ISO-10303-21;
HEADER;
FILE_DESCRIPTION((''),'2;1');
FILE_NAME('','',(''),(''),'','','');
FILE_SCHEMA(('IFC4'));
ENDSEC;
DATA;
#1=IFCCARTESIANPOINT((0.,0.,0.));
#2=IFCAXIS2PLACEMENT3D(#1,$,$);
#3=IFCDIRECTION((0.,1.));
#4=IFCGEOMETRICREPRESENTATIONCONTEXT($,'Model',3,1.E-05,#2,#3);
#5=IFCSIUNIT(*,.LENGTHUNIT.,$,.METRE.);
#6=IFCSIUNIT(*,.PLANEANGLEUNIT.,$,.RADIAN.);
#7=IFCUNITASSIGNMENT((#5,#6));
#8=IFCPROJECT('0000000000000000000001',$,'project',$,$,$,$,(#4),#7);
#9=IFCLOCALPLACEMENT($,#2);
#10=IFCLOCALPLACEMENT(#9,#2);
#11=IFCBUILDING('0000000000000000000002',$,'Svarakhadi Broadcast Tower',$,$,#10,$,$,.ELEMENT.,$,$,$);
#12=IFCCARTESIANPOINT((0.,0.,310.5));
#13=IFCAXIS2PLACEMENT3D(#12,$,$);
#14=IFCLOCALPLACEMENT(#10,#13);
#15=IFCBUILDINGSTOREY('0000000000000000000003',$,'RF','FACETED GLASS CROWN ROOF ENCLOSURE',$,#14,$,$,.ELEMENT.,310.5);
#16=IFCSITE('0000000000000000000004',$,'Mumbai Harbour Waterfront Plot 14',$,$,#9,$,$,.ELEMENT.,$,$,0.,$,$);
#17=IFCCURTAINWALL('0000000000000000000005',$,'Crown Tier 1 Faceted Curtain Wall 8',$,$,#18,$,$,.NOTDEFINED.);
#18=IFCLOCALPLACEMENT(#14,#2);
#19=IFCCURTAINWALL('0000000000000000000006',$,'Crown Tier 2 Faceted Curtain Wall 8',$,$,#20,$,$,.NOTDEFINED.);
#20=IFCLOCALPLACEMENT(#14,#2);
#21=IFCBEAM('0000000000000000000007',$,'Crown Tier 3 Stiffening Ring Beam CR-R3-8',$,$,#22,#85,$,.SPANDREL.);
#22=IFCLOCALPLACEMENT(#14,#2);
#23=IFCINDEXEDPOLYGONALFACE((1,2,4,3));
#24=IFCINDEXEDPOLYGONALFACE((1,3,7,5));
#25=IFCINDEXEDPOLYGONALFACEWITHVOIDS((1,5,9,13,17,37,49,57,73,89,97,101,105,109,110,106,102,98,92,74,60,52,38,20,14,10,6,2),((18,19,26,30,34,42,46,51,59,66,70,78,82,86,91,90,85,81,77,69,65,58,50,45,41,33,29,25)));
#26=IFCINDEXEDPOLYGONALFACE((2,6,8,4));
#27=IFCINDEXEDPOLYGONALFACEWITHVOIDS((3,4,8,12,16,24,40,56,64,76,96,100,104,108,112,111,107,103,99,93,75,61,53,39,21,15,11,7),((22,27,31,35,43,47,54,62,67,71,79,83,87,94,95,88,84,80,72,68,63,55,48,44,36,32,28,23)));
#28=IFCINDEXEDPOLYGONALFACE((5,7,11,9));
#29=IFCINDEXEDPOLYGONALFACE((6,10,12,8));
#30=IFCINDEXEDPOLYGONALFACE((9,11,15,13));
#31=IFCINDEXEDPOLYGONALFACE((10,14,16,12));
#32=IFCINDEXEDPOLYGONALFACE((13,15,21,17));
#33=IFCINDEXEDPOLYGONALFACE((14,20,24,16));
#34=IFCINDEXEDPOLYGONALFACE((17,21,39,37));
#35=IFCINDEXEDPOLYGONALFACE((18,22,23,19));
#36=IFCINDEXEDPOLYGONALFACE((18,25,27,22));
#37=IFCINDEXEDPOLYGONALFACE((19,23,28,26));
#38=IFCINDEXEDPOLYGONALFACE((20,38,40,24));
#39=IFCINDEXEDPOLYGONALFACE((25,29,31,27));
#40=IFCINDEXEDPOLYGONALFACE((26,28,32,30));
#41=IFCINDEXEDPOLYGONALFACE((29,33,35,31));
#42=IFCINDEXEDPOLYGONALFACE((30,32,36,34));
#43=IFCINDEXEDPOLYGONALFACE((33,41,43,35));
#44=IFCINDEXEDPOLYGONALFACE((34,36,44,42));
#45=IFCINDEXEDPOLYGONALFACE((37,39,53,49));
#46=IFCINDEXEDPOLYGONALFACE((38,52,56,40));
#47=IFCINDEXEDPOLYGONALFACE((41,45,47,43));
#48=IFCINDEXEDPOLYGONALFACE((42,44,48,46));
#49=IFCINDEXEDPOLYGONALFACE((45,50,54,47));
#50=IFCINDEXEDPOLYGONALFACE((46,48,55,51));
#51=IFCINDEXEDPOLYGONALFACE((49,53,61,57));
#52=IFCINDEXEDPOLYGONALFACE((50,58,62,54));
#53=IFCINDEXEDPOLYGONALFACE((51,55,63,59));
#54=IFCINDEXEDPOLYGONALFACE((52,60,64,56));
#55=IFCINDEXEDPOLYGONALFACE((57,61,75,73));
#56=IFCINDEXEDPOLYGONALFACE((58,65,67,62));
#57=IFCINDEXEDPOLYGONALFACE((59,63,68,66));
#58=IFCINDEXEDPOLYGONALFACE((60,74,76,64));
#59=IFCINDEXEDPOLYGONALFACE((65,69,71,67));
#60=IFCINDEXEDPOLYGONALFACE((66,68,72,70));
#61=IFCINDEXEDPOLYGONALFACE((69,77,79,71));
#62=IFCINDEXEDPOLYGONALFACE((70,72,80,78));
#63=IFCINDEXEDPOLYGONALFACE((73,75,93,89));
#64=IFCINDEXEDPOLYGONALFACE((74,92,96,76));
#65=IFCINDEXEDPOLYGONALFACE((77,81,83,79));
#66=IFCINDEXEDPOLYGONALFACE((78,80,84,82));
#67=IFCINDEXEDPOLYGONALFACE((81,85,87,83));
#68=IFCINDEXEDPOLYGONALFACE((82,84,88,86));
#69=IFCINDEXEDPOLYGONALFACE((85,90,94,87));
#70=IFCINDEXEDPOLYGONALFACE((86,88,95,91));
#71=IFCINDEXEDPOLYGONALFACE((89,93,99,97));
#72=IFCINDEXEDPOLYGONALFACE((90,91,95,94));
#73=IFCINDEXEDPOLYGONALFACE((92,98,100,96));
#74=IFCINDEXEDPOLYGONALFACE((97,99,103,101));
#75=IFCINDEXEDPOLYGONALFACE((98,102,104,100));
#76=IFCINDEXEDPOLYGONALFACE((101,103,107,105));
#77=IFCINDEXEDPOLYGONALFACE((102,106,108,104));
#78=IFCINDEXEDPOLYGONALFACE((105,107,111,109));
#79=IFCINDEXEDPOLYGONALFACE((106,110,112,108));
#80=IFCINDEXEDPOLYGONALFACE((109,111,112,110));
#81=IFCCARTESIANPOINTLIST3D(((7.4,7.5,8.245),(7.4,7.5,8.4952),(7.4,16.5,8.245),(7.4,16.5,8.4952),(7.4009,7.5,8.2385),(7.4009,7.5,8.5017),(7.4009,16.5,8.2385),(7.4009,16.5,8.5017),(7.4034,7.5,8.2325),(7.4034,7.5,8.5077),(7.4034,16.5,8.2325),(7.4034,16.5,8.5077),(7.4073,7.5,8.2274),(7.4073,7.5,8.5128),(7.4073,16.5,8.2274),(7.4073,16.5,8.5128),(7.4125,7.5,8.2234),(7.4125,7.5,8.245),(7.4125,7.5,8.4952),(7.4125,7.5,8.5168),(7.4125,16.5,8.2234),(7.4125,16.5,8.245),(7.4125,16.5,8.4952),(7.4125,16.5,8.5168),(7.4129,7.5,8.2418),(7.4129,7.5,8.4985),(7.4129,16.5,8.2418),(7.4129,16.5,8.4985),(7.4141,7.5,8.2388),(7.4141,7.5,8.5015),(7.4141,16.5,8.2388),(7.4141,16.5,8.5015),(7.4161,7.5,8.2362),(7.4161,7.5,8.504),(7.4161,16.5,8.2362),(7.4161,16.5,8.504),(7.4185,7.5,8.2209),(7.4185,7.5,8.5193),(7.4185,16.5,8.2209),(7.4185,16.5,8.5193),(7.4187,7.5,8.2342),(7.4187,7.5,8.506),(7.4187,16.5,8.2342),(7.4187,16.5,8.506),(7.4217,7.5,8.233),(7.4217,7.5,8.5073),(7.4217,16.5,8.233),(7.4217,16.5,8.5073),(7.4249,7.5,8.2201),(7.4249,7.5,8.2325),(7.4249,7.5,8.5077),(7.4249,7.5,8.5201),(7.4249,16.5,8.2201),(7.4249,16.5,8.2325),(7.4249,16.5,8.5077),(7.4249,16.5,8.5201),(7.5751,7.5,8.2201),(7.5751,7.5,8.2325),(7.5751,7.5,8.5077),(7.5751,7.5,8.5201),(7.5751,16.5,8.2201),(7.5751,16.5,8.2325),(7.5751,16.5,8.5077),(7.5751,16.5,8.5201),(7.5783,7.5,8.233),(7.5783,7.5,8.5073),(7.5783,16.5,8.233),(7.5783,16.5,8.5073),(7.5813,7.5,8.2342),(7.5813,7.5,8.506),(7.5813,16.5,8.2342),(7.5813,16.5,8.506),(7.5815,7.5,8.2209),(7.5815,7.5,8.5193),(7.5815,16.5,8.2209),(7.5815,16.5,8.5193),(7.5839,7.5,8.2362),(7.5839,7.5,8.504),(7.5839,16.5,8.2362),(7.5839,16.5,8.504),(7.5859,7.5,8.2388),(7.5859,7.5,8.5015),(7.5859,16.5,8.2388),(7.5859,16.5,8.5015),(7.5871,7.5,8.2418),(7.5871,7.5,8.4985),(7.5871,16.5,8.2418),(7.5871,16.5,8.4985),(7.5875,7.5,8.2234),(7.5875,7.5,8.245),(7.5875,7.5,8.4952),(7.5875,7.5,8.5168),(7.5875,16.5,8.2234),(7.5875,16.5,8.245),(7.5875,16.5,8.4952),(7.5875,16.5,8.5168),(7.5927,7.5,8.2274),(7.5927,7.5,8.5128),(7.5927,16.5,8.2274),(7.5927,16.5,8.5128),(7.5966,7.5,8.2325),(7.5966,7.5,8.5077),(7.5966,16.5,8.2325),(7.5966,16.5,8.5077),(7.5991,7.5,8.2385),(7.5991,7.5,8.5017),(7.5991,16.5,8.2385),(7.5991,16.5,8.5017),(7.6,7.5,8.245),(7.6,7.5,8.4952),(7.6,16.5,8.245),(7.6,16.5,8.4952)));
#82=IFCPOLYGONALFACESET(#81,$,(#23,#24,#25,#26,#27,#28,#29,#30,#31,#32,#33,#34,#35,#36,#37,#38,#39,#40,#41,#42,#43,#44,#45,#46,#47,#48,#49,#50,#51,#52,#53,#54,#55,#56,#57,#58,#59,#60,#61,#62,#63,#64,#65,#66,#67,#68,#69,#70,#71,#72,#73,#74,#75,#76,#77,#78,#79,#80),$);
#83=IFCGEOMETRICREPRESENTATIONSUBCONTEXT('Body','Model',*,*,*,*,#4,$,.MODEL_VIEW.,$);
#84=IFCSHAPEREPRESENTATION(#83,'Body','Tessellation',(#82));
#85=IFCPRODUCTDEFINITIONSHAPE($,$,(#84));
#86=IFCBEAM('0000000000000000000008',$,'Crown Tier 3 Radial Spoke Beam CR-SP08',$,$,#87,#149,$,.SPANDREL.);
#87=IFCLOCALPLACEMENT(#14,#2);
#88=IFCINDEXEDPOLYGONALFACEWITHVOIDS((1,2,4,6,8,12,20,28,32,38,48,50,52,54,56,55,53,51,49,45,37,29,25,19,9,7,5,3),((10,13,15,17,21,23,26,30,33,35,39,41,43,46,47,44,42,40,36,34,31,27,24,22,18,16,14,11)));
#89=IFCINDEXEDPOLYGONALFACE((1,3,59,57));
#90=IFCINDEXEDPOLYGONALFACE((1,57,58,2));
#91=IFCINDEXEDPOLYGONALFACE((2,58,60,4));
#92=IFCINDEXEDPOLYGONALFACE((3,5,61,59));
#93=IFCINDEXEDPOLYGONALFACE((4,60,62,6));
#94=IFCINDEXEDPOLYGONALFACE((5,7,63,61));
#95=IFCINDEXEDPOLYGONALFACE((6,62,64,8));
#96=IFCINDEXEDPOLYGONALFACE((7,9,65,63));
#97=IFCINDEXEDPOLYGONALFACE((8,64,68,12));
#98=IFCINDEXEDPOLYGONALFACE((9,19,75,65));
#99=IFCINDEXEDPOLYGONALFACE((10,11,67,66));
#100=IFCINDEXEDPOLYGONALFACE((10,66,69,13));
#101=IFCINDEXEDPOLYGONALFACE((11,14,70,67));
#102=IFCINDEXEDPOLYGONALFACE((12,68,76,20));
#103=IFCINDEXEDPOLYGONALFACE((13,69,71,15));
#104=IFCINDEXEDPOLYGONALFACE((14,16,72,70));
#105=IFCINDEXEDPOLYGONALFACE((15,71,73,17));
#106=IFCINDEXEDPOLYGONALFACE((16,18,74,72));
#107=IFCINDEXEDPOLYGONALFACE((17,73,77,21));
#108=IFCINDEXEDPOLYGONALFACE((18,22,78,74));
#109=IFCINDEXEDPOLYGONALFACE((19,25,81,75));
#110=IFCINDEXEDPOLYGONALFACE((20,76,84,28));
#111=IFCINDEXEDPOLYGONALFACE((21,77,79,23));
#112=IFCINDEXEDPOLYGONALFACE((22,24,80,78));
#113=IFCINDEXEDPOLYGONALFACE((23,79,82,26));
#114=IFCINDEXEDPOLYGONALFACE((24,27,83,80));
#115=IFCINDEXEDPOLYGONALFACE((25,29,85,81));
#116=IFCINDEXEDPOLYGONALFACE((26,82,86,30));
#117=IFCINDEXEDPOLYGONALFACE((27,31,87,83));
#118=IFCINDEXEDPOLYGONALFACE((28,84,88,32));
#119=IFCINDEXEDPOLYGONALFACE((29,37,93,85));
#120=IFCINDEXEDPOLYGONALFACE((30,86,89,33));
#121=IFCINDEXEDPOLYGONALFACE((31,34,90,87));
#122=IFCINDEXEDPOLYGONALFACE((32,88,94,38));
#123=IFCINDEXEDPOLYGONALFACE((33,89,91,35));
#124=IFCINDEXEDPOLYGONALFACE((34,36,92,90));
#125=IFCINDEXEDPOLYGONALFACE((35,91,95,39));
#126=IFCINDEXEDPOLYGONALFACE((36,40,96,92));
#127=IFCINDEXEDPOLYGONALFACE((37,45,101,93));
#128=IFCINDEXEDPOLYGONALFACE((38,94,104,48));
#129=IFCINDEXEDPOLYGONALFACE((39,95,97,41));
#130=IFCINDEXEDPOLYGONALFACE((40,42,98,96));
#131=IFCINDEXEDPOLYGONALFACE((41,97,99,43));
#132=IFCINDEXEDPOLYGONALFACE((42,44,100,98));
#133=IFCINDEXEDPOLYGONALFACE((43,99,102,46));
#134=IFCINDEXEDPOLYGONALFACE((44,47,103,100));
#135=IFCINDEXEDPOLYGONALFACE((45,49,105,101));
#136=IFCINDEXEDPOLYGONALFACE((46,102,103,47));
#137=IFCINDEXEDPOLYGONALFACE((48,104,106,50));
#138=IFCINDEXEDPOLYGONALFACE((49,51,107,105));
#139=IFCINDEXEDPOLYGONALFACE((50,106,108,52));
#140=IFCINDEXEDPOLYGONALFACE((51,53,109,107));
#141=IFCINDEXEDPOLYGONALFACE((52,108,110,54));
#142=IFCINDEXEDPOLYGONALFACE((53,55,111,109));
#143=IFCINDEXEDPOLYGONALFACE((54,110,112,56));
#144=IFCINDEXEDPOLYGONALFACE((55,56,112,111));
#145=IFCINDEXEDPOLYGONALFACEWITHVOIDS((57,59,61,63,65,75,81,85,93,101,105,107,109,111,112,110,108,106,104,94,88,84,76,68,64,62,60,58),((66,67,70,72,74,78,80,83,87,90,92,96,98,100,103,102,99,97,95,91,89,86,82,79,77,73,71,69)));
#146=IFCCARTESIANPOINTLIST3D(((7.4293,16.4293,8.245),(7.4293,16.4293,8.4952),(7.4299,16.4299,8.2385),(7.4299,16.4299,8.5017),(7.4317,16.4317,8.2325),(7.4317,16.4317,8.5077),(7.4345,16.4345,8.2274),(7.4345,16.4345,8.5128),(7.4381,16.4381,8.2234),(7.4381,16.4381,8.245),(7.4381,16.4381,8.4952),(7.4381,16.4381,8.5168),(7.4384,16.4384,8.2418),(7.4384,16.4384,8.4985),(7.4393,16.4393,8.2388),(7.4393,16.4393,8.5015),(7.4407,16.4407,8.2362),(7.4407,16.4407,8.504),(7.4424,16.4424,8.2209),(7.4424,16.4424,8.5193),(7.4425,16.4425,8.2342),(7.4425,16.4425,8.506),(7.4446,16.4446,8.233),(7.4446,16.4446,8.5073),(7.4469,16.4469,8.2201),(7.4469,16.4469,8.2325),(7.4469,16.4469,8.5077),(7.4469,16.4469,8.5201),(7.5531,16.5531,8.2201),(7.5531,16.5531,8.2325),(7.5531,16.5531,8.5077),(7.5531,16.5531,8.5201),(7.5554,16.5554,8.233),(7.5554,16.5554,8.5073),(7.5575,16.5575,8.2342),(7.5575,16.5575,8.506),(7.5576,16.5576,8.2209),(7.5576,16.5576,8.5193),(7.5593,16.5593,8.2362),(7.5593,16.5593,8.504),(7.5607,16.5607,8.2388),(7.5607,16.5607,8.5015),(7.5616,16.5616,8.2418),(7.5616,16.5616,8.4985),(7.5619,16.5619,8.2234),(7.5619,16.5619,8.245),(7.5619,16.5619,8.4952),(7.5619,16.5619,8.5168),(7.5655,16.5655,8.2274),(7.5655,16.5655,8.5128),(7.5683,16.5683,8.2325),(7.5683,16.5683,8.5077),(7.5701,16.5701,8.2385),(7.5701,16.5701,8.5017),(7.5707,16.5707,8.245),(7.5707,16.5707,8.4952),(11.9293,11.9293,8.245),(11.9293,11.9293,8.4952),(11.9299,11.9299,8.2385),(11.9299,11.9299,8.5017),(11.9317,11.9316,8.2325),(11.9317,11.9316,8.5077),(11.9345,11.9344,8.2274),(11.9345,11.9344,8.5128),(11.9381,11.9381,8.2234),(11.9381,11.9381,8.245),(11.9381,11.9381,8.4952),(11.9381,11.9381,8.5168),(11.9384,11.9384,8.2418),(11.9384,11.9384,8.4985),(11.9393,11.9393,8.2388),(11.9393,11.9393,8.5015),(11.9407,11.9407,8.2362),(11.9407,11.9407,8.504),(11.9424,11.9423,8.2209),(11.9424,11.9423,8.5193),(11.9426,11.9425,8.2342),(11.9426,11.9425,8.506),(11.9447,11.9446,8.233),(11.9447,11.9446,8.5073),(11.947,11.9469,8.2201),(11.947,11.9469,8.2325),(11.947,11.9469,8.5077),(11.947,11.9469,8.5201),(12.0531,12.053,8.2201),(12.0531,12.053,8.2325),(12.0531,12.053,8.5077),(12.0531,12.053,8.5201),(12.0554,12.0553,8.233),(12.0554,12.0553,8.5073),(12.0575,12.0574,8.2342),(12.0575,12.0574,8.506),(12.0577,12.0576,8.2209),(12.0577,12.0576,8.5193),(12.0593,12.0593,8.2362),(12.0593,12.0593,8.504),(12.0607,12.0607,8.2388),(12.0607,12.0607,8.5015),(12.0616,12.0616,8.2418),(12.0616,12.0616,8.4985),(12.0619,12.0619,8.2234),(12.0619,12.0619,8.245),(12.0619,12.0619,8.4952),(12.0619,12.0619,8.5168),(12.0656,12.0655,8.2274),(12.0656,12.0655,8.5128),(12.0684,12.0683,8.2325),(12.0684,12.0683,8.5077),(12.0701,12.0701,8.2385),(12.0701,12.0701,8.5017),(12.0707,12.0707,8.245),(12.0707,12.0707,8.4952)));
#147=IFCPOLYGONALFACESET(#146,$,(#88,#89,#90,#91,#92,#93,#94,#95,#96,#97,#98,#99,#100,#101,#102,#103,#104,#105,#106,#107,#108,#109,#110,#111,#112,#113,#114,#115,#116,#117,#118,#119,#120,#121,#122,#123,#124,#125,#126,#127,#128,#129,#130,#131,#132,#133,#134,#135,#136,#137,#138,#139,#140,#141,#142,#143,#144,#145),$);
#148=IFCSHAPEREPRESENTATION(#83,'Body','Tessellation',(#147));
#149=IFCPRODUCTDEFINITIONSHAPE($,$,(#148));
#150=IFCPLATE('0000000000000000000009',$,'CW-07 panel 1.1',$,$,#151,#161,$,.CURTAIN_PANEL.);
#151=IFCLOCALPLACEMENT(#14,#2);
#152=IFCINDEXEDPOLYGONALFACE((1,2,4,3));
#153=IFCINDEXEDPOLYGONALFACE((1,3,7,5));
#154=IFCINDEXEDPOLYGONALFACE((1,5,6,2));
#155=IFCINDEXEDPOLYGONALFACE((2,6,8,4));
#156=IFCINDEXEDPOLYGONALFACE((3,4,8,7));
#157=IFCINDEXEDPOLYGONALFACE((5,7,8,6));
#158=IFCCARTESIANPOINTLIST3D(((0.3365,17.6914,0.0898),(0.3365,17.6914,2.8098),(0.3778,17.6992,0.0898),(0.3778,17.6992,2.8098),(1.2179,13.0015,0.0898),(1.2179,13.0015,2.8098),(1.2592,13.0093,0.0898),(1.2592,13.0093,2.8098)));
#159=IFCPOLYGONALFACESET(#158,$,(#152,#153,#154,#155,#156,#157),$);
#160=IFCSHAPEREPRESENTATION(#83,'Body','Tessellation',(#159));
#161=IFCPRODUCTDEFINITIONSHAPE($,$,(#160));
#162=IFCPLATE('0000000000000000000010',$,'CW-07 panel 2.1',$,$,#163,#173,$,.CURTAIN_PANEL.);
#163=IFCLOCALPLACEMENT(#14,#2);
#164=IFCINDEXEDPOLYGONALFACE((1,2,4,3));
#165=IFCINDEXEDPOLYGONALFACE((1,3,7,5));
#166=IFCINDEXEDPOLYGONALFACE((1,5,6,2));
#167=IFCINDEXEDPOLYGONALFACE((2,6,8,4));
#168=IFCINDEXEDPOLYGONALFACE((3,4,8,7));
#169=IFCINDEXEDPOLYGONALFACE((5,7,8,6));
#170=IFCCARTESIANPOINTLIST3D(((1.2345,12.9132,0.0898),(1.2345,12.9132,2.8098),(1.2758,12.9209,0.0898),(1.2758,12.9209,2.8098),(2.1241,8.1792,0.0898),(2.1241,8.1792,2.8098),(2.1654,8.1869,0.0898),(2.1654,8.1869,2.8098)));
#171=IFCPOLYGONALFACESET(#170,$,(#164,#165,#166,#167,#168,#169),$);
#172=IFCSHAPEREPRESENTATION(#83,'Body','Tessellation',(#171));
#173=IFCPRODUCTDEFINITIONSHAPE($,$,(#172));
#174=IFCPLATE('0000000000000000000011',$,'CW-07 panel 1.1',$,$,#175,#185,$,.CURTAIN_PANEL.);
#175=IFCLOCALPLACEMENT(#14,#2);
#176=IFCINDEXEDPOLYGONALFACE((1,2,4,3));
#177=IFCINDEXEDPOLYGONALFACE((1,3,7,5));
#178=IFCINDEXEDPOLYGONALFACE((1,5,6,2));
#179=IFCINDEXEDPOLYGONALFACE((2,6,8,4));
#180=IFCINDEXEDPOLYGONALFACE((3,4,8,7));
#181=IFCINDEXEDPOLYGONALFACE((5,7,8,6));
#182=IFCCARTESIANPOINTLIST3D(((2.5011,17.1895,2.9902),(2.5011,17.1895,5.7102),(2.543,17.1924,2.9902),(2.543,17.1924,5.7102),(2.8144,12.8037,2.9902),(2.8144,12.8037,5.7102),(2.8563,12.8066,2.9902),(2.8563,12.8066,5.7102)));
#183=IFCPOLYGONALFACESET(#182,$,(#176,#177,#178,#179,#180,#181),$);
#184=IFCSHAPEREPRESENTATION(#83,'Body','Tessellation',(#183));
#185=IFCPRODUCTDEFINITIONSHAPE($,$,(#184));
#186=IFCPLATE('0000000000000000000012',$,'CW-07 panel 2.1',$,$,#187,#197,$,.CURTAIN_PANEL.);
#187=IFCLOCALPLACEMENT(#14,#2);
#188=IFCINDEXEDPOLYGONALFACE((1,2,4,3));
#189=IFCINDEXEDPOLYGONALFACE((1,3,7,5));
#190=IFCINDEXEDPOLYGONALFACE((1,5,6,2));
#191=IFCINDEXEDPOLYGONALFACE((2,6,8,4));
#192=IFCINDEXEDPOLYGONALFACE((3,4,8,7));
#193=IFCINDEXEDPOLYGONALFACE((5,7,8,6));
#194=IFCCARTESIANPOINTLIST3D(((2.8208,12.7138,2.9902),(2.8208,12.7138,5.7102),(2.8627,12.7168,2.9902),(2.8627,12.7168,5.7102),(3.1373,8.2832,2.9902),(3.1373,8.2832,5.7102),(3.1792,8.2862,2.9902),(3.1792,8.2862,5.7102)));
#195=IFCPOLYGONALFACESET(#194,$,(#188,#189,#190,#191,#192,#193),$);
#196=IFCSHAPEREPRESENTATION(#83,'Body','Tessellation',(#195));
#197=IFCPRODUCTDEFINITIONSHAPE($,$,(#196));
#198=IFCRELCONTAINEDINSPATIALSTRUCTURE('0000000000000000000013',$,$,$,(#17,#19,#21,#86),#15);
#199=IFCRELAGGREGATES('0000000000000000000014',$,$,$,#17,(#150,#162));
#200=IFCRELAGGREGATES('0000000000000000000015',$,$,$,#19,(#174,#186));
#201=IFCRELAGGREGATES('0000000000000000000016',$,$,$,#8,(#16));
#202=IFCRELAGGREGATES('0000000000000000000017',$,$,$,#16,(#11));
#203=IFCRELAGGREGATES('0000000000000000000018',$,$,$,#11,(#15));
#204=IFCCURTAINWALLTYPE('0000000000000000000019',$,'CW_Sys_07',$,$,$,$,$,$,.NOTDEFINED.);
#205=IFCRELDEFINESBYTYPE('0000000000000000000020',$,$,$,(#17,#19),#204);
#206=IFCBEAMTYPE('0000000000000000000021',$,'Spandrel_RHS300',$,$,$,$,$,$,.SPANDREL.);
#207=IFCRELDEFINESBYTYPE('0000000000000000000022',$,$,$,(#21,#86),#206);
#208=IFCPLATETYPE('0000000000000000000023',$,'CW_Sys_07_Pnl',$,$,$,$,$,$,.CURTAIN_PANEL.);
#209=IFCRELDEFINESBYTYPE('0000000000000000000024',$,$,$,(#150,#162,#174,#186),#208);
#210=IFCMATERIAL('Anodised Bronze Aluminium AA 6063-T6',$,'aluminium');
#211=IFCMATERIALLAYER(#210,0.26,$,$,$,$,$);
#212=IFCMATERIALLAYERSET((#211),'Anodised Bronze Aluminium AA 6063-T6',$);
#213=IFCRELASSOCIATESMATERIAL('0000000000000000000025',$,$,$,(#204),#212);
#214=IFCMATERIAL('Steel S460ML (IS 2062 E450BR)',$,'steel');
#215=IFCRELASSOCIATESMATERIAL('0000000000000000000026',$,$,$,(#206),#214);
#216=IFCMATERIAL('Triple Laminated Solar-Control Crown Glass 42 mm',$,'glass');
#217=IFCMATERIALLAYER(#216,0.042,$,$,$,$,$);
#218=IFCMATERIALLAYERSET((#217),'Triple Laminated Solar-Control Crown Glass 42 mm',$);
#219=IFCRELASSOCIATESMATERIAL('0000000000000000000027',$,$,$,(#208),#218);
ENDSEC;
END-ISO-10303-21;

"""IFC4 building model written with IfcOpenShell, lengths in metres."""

from ifc_helpers import new_model, si_unit, direction, frame, origin, origin_2d, place, context, subcontext, project, spatial, rectangle, hollow_rectangle, extrude, material, layer, layer_set, material_profile, profile_set, type_object, element, aggregate, save


model = new_model("IFC4")

# Units and contexts
model_context = context("Model", 3, precision=1e-05, world=origin(), true_north=direction((0.0, 1.0)))
body_context = subcontext(model_context, "Body", "Model", "MODEL_VIEW")
ifc_project = project(units=[si_unit("LENGTHUNIT", "METRE"), si_unit("PLANEANGLEUNIT", "RADIAN")], contexts=[model_context])

# Site, building, storey
site_placement = place(None, origin())
site = spatial("IfcSite", under=ifc_project, at=site_placement, Name="Mumbai Harbour Waterfront Plot 14", CompositionType="ELEMENT", RefElevation=0.0)
building_placement = place(site_placement, origin())
building = spatial("IfcBuilding", under=site, at=building_placement, Name="Svarakhadi Broadcast Tower", CompositionType="ELEMENT")
storey_placement = place(building_placement, frame((0.0, 0.0, 310.5)))
storey = spatial("IfcBuildingStorey", under=building, at=storey_placement, Name="RF", Description="FACETED GLASS CROWN ROOF ENCLOSURE", CompositionType="ELEMENT", Elevation=310.5)

# Shared definitions
ifc_material_1 = material(Name="Steel S460ML (IS 2062 E450BR)", Category="steel")

# Curtain walls
ifc_material_2 = material(Name="Anodised Bronze Aluminium AA 6063-T6", Category="aluminium")
ifc_layer_1 = layer(ifc_material_2, 0.26)
ifc_layer_set_1 = layer_set([ifc_layer_1], Name="Anodised Bronze Aluminium AA 6063-T6")
curtain_wall_type = type_object("IfcCurtainWallType", Name="CW_Sys_07", PredefinedType="NOTDEFINED", material=ifc_layer_set_1)
curtain_wall_1_placement = place(storey_placement, origin())
curtain_wall_1 = element("IfcCurtainWall", 1, at=curtain_wall_1_placement, inside=storey, type_object=curtain_wall_type, Name="Crown Tier 1 Faceted Curtain Wall 8", PredefinedType="NOTDEFINED")
curtain_wall_2_placement = place(storey_placement, origin())
curtain_wall_2 = element("IfcCurtainWall", 2, at=curtain_wall_2_placement, inside=storey, type_object=curtain_wall_type, Name="Crown Tier 2 Faceted Curtain Wall 8", PredefinedType="NOTDEFINED")

# Beams
ifc_material_profile_1 = material_profile(ifc_material_1, hollow_rectangle(XDim=0.2, YDim=0.3, WallThickness=0.0125, InnerFilletRadius=0.0125, OuterFilletRadius=0.0249, at=origin_2d()), Name="RHS 300x200x12.5")
ifc_profile_set_1 = profile_set([ifc_material_profile_1], Name="Steel S460ML (IS 2062 E450BR)")
beam_type_1 = type_object("IfcBeamType", Name="Spandrel_RHS300", PredefinedType="SPANDREL", material=ifc_profile_set_1)
beam_1_placement = place(storey_placement, frame((7.5, 16.5, 8.3701), z_axis=(0.0, -1.0, 0.0), x_axis=(1.0, 0.0, 0.0)))
element("IfcBeam", 3, at=beam_1_placement, inside=storey, type_object=beam_type_1, Name="Crown Tier 3 Stiffening Ring Beam CR-R3-8", PredefinedType="SPANDREL", context=body_context, shape_type="SweptSolid", body=[
    extrude(hollow_rectangle(XDim=0.2, YDim=0.3, WallThickness=0.0125, InnerFilletRadius=0.0125, OuterFilletRadius=0.0249, at=origin_2d()), origin(), (0.0, 0.0, 1.0), 9.0),
])
beam_2_placement = place(storey_placement, frame((7.5, 16.5, 8.3701), z_axis=(0.707107, -0.707107, 0.0), x_axis=(0.707107, 0.707107, 0.0)))
element("IfcBeam", 4, at=beam_2_placement, inside=storey, type_object=beam_type_1, Name="Crown Tier 3 Radial Spoke Beam CR-SP08", PredefinedType="SPANDREL", context=body_context, shape_type="SweptSolid", body=[
    extrude(hollow_rectangle(XDim=0.2, YDim=0.3, WallThickness=0.0125, InnerFilletRadius=0.0125, OuterFilletRadius=0.0249, at=origin_2d()), origin(), (0.0, 0.0, 1.0), 6.364),
])

# Plates
ifc_material_3 = material(Name="Triple Laminated Solar-Control Crown Glass 42 mm", Category="glass")
ifc_layer_2 = layer(ifc_material_3, 0.042)
ifc_layer_set_2 = layer_set([ifc_layer_2], Name="Triple Laminated Solar-Control Crown Glass 42 mm")
plate_type_1 = type_object("IfcPlateType", Name="CW_Sys_07_Pnl", PredefinedType="CURTAIN_PANEL", material=ifc_layer_set_2)
plate_1_placement = place(storey_placement, frame((0.7979, 15.3503, 0.0898), z_axis=(0.0, 0.0, 1.0), x_axis=(0.18469, -0.982797, 0.0)))
plate_1 = element("IfcPlate", 5, at=plate_1_placement, type_object=plate_type_1, Name="CW-07 panel 1.1", PredefinedType="CURTAIN_PANEL", context=body_context, shape_type="SweptSolid", body=[
    extrude(rectangle(XDim=4.772, YDim=0.042, at=origin_2d()), origin(), (0.0, 0.0, 1.0), 2.72),
])
plate_2_placement = place(storey_placement, frame((1.7, 10.55, 0.0898), z_axis=(0.0, 0.0, 1.0), x_axis=(0.18469, -0.982797, 0.0)))
plate_2 = element("IfcPlate", 6, at=plate_2_placement, type_object=plate_type_1, Name="CW-07 panel 2.1", PredefinedType="CURTAIN_PANEL", context=body_context, shape_type="SweptSolid", body=[
    extrude(rectangle(XDim=4.8169, YDim=0.042, at=origin_2d()), origin(), (0.0, 0.0, 1.0), 2.72),
])
aggregate(curtain_wall_1, [plate_1, plate_2])
plate_3_placement = place(storey_placement, frame((2.6787, 14.998, 2.9902), z_axis=(0.0, 0.0, 1.0), x_axis=(0.071243, -0.997459, 0.0)))
plate_3 = element("IfcPlate", 7, at=plate_3_placement, type_object=plate_type_1, Name="CW-07 panel 1.1", PredefinedType="CURTAIN_PANEL", context=body_context, shape_type="SweptSolid", body=[
    extrude(rectangle(XDim=4.397, YDim=0.042, at=origin_2d()), origin(), (0.0, 0.0, 1.0), 2.72),
])
plate_4_placement = place(storey_placement, frame((3.0, 10.5, 2.9902), z_axis=(0.0, 0.0, 1.0), x_axis=(0.071243, -0.997459, 0.0)))
plate_4 = element("IfcPlate", 8, at=plate_4_placement, type_object=plate_type_1, Name="CW-07 panel 2.1", PredefinedType="CURTAIN_PANEL", context=body_context, shape_type="SweptSolid", body=[
    extrude(rectangle(XDim=4.4419, YDim=0.042, at=origin_2d()), origin(), (0.0, 0.0, 1.0), 2.72),
])
aggregate(curtain_wall_2, [plate_3, plate_4])

save(model, "model.ifc")
